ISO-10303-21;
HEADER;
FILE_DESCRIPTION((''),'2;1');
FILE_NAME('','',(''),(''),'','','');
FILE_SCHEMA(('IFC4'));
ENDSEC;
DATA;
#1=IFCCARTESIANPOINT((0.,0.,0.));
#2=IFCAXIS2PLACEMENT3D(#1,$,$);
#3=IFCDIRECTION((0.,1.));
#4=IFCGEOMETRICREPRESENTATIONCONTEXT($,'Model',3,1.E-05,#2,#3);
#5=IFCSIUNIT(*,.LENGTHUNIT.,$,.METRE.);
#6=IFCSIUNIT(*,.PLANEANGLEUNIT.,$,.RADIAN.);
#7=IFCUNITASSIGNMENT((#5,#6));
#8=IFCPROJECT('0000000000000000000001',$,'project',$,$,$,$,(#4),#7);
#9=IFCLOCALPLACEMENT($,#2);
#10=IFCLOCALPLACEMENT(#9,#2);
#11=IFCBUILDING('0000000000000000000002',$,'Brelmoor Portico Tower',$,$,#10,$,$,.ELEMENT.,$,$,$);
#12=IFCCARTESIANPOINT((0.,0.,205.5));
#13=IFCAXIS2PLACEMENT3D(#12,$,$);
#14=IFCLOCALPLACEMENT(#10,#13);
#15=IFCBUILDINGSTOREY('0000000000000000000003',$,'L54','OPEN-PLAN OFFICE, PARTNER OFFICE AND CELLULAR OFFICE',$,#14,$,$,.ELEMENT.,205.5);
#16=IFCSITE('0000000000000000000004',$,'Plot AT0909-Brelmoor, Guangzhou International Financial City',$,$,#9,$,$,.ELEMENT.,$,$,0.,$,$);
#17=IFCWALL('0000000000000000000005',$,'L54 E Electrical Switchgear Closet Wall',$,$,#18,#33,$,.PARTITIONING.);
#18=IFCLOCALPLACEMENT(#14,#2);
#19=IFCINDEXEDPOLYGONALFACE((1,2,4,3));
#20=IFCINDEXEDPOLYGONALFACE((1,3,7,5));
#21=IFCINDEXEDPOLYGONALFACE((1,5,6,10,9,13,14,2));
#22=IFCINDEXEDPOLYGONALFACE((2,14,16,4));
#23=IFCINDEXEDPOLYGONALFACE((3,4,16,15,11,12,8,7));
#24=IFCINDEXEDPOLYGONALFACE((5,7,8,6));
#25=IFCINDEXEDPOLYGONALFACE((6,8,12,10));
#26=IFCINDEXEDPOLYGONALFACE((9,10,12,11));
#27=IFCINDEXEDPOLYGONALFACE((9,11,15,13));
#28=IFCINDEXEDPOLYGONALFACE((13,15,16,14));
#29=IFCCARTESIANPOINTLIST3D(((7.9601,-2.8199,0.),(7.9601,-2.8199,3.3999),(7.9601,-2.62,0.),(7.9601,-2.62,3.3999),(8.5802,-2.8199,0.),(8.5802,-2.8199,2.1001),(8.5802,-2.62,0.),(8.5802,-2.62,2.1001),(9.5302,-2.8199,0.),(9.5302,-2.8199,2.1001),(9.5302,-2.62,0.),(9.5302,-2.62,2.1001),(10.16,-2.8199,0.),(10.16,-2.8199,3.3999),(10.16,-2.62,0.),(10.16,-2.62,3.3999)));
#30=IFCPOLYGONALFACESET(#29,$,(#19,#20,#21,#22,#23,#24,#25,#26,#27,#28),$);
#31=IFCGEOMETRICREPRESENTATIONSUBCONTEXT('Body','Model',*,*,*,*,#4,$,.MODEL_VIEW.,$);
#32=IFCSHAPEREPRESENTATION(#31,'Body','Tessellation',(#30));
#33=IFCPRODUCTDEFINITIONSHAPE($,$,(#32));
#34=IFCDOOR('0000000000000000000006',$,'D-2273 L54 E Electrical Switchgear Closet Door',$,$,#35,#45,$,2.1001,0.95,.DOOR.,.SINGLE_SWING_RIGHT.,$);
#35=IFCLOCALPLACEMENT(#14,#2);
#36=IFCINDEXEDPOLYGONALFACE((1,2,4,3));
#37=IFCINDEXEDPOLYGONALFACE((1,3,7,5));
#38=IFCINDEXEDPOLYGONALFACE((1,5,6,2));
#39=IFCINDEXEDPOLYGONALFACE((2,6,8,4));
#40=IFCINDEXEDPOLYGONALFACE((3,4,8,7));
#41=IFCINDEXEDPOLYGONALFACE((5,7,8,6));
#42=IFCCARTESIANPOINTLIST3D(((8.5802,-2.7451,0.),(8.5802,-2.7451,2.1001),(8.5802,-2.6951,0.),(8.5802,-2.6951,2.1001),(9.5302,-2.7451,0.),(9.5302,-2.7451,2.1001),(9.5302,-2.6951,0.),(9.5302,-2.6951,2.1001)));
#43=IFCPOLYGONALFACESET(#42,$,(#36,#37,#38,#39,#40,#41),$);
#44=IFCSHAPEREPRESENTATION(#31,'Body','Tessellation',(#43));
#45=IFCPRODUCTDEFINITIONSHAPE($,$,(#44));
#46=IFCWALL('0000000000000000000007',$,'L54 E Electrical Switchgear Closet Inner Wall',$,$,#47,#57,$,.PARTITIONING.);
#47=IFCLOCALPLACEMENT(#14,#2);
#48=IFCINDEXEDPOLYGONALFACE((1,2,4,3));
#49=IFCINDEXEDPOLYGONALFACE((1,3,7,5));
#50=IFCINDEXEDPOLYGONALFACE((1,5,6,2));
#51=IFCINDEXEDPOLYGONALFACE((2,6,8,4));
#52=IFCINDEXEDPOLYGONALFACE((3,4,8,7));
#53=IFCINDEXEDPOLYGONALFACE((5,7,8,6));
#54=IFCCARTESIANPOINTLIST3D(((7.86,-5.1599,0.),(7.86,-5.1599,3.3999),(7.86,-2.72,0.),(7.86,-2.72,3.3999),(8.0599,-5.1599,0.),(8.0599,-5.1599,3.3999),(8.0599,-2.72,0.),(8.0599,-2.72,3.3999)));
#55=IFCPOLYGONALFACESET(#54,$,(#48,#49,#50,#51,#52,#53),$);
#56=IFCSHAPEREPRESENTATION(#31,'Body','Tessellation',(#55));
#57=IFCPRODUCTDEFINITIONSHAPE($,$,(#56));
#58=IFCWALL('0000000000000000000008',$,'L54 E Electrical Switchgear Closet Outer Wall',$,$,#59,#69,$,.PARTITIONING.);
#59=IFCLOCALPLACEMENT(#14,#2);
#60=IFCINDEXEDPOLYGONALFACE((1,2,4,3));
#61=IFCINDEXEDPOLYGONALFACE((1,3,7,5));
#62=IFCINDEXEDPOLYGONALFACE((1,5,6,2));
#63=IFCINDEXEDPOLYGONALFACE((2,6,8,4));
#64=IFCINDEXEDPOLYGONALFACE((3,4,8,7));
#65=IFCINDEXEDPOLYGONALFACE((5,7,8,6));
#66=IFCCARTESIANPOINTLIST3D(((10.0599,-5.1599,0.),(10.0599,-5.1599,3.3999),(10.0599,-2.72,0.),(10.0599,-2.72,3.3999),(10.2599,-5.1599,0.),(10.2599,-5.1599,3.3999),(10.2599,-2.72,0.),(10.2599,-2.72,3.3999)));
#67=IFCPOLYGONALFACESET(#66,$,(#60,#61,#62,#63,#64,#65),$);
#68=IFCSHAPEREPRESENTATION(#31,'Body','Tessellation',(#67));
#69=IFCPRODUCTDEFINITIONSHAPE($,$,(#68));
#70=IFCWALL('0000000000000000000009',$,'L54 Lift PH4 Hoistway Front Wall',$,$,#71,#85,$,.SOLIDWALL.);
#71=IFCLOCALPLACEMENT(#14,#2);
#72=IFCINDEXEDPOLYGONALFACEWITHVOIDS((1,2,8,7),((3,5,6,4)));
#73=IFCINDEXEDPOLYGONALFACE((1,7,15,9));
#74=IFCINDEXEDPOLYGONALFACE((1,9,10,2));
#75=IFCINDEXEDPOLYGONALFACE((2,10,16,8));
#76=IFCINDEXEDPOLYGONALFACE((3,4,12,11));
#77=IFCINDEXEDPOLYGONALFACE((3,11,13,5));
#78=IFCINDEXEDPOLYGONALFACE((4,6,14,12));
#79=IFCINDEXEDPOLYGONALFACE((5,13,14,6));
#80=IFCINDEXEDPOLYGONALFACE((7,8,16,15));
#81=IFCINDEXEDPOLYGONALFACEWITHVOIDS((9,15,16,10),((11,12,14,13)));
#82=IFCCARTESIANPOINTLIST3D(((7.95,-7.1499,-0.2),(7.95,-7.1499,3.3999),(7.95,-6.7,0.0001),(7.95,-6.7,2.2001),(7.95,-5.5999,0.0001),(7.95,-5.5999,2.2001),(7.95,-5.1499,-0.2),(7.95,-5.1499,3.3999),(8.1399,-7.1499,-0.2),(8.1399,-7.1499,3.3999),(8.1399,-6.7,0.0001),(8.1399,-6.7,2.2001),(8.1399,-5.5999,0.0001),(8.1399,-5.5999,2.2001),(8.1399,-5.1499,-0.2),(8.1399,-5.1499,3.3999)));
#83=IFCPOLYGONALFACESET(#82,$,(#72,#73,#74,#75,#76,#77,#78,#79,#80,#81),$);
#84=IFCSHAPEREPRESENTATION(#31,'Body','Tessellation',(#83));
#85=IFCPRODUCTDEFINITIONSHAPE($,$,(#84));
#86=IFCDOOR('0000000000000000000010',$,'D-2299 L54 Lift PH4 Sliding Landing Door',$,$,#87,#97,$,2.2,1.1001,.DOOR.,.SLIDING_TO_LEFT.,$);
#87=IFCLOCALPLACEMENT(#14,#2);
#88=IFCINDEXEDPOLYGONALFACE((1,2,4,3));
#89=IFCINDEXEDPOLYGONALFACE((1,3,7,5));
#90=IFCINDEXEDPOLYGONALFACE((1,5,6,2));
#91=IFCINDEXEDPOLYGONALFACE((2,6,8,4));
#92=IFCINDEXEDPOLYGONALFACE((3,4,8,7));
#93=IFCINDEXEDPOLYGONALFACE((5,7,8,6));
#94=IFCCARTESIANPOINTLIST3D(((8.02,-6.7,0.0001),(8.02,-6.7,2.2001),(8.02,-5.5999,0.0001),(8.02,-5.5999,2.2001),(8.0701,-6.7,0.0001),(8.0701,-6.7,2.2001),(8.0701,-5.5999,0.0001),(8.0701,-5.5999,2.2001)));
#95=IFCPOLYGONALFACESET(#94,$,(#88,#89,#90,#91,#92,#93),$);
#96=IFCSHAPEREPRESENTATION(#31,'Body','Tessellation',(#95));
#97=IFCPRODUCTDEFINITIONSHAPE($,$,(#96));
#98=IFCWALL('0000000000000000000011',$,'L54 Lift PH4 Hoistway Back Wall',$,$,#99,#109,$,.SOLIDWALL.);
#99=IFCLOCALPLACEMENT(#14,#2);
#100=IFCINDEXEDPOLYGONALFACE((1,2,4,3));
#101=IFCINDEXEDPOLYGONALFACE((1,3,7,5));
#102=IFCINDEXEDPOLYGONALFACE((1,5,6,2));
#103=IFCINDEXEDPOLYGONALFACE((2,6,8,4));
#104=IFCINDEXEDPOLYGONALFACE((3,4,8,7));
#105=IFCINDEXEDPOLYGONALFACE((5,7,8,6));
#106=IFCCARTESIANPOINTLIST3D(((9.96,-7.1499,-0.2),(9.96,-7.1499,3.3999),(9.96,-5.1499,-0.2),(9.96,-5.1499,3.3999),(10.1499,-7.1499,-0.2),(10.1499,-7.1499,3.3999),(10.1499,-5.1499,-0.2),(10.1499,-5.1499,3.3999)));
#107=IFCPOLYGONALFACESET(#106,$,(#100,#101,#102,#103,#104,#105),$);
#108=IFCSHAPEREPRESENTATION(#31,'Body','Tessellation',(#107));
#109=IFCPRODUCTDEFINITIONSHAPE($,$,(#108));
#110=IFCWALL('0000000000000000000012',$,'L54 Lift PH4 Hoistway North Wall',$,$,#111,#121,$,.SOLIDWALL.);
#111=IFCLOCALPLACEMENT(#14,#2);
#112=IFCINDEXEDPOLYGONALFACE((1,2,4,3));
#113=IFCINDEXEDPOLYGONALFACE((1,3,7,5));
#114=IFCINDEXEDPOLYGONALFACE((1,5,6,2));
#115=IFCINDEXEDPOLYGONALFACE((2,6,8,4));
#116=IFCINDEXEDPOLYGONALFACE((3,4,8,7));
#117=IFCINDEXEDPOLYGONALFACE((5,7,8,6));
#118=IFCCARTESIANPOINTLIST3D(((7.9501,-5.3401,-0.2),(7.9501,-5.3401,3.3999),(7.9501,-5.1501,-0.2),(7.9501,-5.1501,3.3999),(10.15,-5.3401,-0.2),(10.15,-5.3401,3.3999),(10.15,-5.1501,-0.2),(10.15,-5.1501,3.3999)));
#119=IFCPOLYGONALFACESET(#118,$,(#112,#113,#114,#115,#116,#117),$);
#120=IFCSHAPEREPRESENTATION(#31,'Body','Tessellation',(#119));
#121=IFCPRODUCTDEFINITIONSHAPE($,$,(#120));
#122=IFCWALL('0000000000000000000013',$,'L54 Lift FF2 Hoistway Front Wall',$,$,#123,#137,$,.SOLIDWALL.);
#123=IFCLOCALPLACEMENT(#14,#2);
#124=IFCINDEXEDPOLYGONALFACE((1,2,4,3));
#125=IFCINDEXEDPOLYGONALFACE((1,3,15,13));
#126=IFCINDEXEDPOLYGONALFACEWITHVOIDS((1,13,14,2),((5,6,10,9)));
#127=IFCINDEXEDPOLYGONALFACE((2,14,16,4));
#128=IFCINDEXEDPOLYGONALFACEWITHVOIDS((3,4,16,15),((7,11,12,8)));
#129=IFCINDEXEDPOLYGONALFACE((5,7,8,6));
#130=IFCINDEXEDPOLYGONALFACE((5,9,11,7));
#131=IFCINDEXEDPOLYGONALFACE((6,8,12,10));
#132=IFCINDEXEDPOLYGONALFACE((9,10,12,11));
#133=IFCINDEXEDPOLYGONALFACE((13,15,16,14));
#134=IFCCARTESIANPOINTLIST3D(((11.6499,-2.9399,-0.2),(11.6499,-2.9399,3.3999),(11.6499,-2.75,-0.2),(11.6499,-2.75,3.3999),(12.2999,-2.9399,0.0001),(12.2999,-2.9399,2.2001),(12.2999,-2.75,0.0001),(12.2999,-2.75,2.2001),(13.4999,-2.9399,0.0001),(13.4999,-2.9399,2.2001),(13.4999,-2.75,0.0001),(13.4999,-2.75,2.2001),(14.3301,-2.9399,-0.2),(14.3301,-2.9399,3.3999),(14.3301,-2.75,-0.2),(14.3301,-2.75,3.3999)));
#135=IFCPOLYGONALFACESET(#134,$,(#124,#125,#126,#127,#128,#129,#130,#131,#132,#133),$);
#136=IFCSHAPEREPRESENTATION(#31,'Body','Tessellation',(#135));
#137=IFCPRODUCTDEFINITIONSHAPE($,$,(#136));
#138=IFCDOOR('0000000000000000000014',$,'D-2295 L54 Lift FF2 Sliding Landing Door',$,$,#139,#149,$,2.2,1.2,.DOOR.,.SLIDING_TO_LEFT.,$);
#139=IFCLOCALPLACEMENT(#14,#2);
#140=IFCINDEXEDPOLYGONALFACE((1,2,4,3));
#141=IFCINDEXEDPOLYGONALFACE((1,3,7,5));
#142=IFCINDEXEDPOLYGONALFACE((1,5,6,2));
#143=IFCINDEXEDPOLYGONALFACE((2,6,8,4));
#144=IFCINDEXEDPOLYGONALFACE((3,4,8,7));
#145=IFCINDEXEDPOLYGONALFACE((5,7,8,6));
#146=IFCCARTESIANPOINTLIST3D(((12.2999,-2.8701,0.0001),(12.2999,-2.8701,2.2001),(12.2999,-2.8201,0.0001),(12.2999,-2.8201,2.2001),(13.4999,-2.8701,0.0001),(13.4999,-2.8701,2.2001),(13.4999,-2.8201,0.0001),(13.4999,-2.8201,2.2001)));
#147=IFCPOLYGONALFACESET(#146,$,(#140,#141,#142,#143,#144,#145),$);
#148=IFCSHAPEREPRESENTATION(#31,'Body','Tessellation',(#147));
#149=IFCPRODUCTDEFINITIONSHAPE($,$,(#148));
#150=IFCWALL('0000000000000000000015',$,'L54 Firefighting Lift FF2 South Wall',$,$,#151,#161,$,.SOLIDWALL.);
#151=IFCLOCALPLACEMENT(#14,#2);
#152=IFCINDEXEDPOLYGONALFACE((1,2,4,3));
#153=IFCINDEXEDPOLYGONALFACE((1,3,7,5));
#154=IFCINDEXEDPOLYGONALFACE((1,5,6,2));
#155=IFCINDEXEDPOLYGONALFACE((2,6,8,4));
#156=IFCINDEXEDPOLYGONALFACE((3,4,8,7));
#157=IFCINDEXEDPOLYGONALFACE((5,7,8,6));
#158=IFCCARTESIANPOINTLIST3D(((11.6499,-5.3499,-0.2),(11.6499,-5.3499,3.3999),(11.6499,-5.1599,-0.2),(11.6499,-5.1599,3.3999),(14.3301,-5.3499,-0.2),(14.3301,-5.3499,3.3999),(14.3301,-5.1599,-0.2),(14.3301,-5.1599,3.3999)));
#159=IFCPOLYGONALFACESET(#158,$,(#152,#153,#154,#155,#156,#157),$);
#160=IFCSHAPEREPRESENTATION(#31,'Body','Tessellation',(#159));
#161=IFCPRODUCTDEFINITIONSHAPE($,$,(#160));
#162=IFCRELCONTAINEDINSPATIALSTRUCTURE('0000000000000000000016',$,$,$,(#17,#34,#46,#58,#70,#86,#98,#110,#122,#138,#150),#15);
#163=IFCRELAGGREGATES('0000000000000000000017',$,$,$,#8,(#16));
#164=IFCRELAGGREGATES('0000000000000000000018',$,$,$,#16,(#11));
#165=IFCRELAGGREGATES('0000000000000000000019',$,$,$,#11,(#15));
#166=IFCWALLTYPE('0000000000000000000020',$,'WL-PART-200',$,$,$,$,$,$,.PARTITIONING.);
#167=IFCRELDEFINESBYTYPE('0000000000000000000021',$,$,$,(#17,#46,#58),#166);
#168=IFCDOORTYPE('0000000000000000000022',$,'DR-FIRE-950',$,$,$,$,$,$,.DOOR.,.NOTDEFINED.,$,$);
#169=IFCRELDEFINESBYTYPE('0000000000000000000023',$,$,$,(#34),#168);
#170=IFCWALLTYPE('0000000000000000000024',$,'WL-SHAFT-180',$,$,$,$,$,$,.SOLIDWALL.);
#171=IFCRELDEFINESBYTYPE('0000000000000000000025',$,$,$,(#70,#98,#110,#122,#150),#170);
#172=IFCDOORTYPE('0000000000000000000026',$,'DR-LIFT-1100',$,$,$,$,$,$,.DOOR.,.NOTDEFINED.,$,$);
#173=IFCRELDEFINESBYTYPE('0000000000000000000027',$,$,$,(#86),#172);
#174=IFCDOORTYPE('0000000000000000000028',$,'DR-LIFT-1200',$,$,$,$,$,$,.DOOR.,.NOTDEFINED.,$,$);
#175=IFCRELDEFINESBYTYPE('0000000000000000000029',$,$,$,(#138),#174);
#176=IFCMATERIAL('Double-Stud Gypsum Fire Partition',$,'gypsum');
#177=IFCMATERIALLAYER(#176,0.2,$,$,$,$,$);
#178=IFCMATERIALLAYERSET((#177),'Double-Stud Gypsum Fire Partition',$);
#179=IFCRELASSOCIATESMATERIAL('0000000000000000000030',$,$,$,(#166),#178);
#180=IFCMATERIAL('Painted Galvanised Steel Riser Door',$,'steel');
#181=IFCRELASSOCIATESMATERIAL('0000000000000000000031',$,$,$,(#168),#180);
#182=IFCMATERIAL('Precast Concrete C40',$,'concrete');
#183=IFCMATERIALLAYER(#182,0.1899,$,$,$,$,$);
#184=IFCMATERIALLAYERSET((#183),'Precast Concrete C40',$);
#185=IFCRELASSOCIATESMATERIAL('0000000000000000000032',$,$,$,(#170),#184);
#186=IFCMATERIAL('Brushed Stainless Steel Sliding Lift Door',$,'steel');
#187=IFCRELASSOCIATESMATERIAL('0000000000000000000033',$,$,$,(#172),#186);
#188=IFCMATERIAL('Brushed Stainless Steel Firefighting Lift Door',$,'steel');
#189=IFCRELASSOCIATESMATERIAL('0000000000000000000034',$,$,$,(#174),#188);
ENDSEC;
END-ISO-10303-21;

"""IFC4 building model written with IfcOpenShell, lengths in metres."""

from ifc_helpers import new_model, si_unit, direction, frame, frame_2d, origin, place, context, subcontext, project, spatial, rectangle, extrude, material, layer, layer_set, type_object, element, fill, save


model = new_model("IFC4")

# Units and contexts
model_context = context("Model", 3, precision=1e-05, world=origin(), true_north=direction((0.0, 1.0)))
body_context = subcontext(model_context, "Body", "Model", "MODEL_VIEW")
ifc_project = project(units=[si_unit("LENGTHUNIT", "METRE"), si_unit("PLANEANGLEUNIT", "RADIAN")], contexts=[model_context])

# Site, building, storey
site_placement = place(None, origin())
site = spatial("IfcSite", under=ifc_project, at=site_placement, Name="Plot AT0909-Brelmoor, Guangzhou International Financial City", CompositionType="ELEMENT", RefElevation=0.0)
building_placement = place(site_placement, origin())
building = spatial("IfcBuilding", under=site, at=building_placement, Name="Brelmoor Portico Tower", CompositionType="ELEMENT")
storey_placement = place(building_placement, frame((0.0, 0.0, 205.5)))
storey = spatial("IfcBuildingStorey", under=building, at=storey_placement, Name="L54", Description="OPEN-PLAN OFFICE, PARTNER OFFICE AND CELLULAR OFFICE", CompositionType="ELEMENT", Elevation=205.5)

# Wall, opening, door
ifc_material_1 = material(Name="Double-Stud Gypsum Fire Partition", Category="gypsum")
ifc_layer_1 = layer(ifc_material_1, 0.2)
ifc_layer_set_1 = layer_set([ifc_layer_1], Name="Double-Stud Gypsum Fire Partition")
wall_type_1 = type_object("IfcWallType", Name="WL-PART-200", PredefinedType="PARTITIONING", material=ifc_layer_set_1)
wall_1_placement = place(storey_placement, frame((7.96, -2.72, 0.0), z_axis=(0.0, 0.0, 1.0), x_axis=(1.0, 0.0, 0.0)))
wall_1 = element("IfcWall", 1, at=wall_1_placement, inside=storey, type_object=wall_type_1, Name="L54 E Electrical Switchgear Closet Wall", PredefinedType="PARTITIONING", context=body_context, shape_type="SweptSolid", body=[
    extrude(rectangle(XDim=2.2, YDim=0.2, at=frame_2d((1.1001, 0.0))), origin(), (0.0, 0.0, 1.0), 3.3999),
])
opening_1_placement = place(wall_1_placement, frame((0.6201, 0.0, 0.0)))
opening_1 = element("IfcOpeningElement", 2, at=opening_1_placement, cuts=wall_1, PredefinedType="OPENING", context=body_context, shape_type="SweptSolid", body=[
    extrude(rectangle(XDim=0.95, YDim=2.1001, at=frame_2d((0.4751, 1.05))), frame((0.0, 0.1099, 0.0), z_axis=(0.0, -1.0, 0.0), x_axis=(1.0, 0.0, 0.0)), (0.0, 0.0, 1.0), 0.22),
])
ifc_material_2 = material(Name="Painted Galvanised Steel Riser Door", Category="steel")
door_type_1 = type_object("IfcDoorType", Name="DR-FIRE-950", OperationType="NOTDEFINED", PredefinedType="DOOR", material=ifc_material_2)
door_1_placement = place(opening_1_placement, origin())
door_1 = element("IfcDoor", 3, at=door_1_placement, inside=storey, type_object=door_type_1, Name="D-2273 L54 E Electrical Switchgear Closet Door", OperationType="SINGLE_SWING_RIGHT", OverallHeight=2.1001, OverallWidth=0.95, PredefinedType="DOOR", context=body_context, shape_type="SweptSolid", body=[
    extrude(rectangle(XDim=0.95, YDim=2.1001, at=frame_2d((0.4751, 1.05))), frame((0.0, 0.0249, 0.0), z_axis=(0.0, -1.0, 0.0), x_axis=(1.0, 0.0, 0.0)), (0.0, 0.0, 1.0), 0.05),
])
fill(opening_1, door_1)

# Walls
for number, where, z_axis, x_axis, name in (
    (4, (7.96, -5.1599, 0.0), (0.0, 0.0, 1.0), (0.0, 1.0, 0.0), "L54 E Electrical Switchgear Closet Inner Wall"),
    (5, (10.1599, -5.1599, 0.0), (0.0, 0.0, 1.0), (0.0, 1.0, 0.0), "L54 E Electrical Switchgear Closet Outer Wall"),
):
    element("IfcWall", number, at=place(storey_placement, frame(where, z_axis=z_axis, x_axis=x_axis)), inside=storey, type_object=wall_type_1, Name=name, PredefinedType="PARTITIONING", context=body_context, shape_type="SweptSolid", body=[
        extrude(rectangle(XDim=2.4399, YDim=0.2, at=frame_2d((1.22, 0.0))), origin(), (0.0, 0.0, 1.0), 3.3999),
    ])

# Wall, opening, door
ifc_material_3 = material(Name="Precast Concrete C40", Category="concrete")
ifc_layer_2 = layer(ifc_material_3, 0.1899)
ifc_layer_set_2 = layer_set([ifc_layer_2], Name="Precast Concrete C40")
wall_type_2 = type_object("IfcWallType", Name="WL-SHAFT-180", PredefinedType="SOLIDWALL", material=ifc_layer_set_2)
wall_2_placement = place(storey_placement, frame((8.0449, -7.1499, -0.2), z_axis=(0.0, 0.0, 1.0), x_axis=(0.0, 1.0, 0.0)))
wall_2 = element("IfcWall", 6, at=wall_2_placement, inside=storey, type_object=wall_type_2, Name="L54 Lift PH4 Hoistway Front Wall", PredefinedType="SOLIDWALL", context=body_context, shape_type="SweptSolid", body=[
    extrude(rectangle(XDim=2.0, YDim=0.1899, at=frame_2d((1.0, 0.0))), origin(), (0.0, 0.0, 1.0), 3.5999),
])
opening_2_placement = place(wall_2_placement, frame((0.45, 0.0, 0.2)))
opening_2 = element("IfcOpeningElement", 7, at=opening_2_placement, cuts=wall_2, PredefinedType="OPENING", context=body_context, shape_type="SweptSolid", body=[
    extrude(rectangle(XDim=1.1001, YDim=2.2, at=frame_2d((0.55, 1.1001))), frame((0.0, 0.105, 0.0), z_axis=(0.0, -1.0, 0.0), x_axis=(1.0, 0.0, 0.0)), (0.0, 0.0, 1.0), 0.21),
])
ifc_material_4 = material(Name="Brushed Stainless Steel Sliding Lift Door", Category="steel")
door_type_2 = type_object("IfcDoorType", Name="DR-LIFT-1100", OperationType="NOTDEFINED", PredefinedType="DOOR", material=ifc_material_4)
door_2_placement = place(opening_2_placement, origin())
door_2 = element("IfcDoor", 8, at=door_2_placement, inside=storey, type_object=door_type_2, Name="D-2299 L54 Lift PH4 Sliding Landing Door", OperationType="SLIDING_TO_LEFT", OverallHeight=2.2, OverallWidth=1.1001, PredefinedType="DOOR", context=body_context, shape_type="SweptSolid", body=[
    extrude(rectangle(XDim=1.1001, YDim=2.2, at=frame_2d((0.55, 1.1001))), frame((0.0, 0.0249, 0.0), z_axis=(0.0, -1.0, 0.0), x_axis=(1.0, 0.0, 0.0)), (0.0, 0.0, 1.0), 0.05),
])
fill(opening_2, door_2)

# Walls
wall_3_placement = place(storey_placement, frame((10.0549, -7.1499, -0.2), z_axis=(0.0, 0.0, 1.0), x_axis=(0.0, 1.0, 0.0)))
element("IfcWall", 9, at=wall_3_placement, inside=storey, type_object=wall_type_2, Name="L54 Lift PH4 Hoistway Back Wall", PredefinedType="SOLIDWALL", context=body_context, shape_type="SweptSolid", body=[
    extrude(rectangle(XDim=2.0, YDim=0.1899, at=frame_2d((1.0, 0.0))), origin(), (0.0, 0.0, 1.0), 3.5999),
])
wall_4_placement = place(storey_placement, frame((7.95, -5.2451, -0.2), z_axis=(0.0, 0.0, 1.0), x_axis=(1.0, 0.0, 0.0)))
element("IfcWall", 10, at=wall_4_placement, inside=storey, type_object=wall_type_2, Name="L54 Lift PH4 Hoistway North Wall", PredefinedType="SOLIDWALL", context=body_context, shape_type="SweptSolid", body=[
    extrude(rectangle(XDim=2.2, YDim=0.1899, at=frame_2d((1.1001, 0.0))), origin(), (0.0, 0.0, 1.0), 3.5999),
])

# Wall, opening, door
wall_5_placement = place(storey_placement, frame((11.6499, -2.845, -0.2), z_axis=(0.0, 0.0, 1.0), x_axis=(1.0, 0.0, 0.0)))
wall_5 = element("IfcWall", 11, at=wall_5_placement, inside=storey, type_object=wall_type_2, Name="L54 Lift FF2 Hoistway Front Wall", PredefinedType="SOLIDWALL", context=body_context, shape_type="SweptSolid", body=[
    extrude(rectangle(XDim=2.6802, YDim=0.1899, at=frame_2d((1.3401, 0.0))), origin(), (0.0, 0.0, 1.0), 3.5999),
])
opening_3_placement = place(wall_5_placement, frame((0.6499, 0.0, 0.2)))
opening_3 = element("IfcOpeningElement", 12, at=opening_3_placement, cuts=wall_5, PredefinedType="OPENING", context=body_context, shape_type="SweptSolid", body=[
    extrude(rectangle(XDim=1.2, YDim=2.2, at=frame_2d((0.6001, 1.1001))), frame((0.0, 0.105, 0.0), z_axis=(0.0, -1.0, 0.0), x_axis=(1.0, 0.0, 0.0)), (0.0, 0.0, 1.0), 0.21),
])
ifc_material_5 = material(Name="Brushed Stainless Steel Firefighting Lift Door", Category="steel")
door_type_3 = type_object("IfcDoorType", Name="DR-LIFT-1200", OperationType="NOTDEFINED", PredefinedType="DOOR", material=ifc_material_5)
door_3_placement = place(opening_3_placement, origin())
door_3 = element("IfcDoor", 13, at=door_3_placement, inside=storey, type_object=door_type_3, Name="D-2295 L54 Lift FF2 Sliding Landing Door", OperationType="SLIDING_TO_LEFT", OverallHeight=2.2, OverallWidth=1.2, PredefinedType="DOOR", context=body_context, shape_type="SweptSolid", body=[
    extrude(rectangle(XDim=1.2, YDim=2.2, at=frame_2d((0.6001, 1.1001))), frame((0.0, 0.0249, 0.0), z_axis=(0.0, -1.0, 0.0), x_axis=(1.0, 0.0, 0.0)), (0.0, 0.0, 1.0), 0.05),
])
fill(opening_3, door_3)

# Wall
wall_6_placement = place(storey_placement, frame((11.6499, -5.2549, -0.2), z_axis=(0.0, 0.0, 1.0), x_axis=(1.0, 0.0, 0.0)))
element("IfcWall", 14, at=wall_6_placement, inside=storey, type_object=wall_type_2, Name="L54 Firefighting Lift FF2 South Wall", PredefinedType="SOLIDWALL", context=body_context, shape_type="SweptSolid", body=[
    extrude(rectangle(XDim=2.6802, YDim=0.1899, at=frame_2d((1.3401, 0.0))), origin(), (0.0, 0.0, 1.0), 3.5999),
])

save(model, "model.ifc")
